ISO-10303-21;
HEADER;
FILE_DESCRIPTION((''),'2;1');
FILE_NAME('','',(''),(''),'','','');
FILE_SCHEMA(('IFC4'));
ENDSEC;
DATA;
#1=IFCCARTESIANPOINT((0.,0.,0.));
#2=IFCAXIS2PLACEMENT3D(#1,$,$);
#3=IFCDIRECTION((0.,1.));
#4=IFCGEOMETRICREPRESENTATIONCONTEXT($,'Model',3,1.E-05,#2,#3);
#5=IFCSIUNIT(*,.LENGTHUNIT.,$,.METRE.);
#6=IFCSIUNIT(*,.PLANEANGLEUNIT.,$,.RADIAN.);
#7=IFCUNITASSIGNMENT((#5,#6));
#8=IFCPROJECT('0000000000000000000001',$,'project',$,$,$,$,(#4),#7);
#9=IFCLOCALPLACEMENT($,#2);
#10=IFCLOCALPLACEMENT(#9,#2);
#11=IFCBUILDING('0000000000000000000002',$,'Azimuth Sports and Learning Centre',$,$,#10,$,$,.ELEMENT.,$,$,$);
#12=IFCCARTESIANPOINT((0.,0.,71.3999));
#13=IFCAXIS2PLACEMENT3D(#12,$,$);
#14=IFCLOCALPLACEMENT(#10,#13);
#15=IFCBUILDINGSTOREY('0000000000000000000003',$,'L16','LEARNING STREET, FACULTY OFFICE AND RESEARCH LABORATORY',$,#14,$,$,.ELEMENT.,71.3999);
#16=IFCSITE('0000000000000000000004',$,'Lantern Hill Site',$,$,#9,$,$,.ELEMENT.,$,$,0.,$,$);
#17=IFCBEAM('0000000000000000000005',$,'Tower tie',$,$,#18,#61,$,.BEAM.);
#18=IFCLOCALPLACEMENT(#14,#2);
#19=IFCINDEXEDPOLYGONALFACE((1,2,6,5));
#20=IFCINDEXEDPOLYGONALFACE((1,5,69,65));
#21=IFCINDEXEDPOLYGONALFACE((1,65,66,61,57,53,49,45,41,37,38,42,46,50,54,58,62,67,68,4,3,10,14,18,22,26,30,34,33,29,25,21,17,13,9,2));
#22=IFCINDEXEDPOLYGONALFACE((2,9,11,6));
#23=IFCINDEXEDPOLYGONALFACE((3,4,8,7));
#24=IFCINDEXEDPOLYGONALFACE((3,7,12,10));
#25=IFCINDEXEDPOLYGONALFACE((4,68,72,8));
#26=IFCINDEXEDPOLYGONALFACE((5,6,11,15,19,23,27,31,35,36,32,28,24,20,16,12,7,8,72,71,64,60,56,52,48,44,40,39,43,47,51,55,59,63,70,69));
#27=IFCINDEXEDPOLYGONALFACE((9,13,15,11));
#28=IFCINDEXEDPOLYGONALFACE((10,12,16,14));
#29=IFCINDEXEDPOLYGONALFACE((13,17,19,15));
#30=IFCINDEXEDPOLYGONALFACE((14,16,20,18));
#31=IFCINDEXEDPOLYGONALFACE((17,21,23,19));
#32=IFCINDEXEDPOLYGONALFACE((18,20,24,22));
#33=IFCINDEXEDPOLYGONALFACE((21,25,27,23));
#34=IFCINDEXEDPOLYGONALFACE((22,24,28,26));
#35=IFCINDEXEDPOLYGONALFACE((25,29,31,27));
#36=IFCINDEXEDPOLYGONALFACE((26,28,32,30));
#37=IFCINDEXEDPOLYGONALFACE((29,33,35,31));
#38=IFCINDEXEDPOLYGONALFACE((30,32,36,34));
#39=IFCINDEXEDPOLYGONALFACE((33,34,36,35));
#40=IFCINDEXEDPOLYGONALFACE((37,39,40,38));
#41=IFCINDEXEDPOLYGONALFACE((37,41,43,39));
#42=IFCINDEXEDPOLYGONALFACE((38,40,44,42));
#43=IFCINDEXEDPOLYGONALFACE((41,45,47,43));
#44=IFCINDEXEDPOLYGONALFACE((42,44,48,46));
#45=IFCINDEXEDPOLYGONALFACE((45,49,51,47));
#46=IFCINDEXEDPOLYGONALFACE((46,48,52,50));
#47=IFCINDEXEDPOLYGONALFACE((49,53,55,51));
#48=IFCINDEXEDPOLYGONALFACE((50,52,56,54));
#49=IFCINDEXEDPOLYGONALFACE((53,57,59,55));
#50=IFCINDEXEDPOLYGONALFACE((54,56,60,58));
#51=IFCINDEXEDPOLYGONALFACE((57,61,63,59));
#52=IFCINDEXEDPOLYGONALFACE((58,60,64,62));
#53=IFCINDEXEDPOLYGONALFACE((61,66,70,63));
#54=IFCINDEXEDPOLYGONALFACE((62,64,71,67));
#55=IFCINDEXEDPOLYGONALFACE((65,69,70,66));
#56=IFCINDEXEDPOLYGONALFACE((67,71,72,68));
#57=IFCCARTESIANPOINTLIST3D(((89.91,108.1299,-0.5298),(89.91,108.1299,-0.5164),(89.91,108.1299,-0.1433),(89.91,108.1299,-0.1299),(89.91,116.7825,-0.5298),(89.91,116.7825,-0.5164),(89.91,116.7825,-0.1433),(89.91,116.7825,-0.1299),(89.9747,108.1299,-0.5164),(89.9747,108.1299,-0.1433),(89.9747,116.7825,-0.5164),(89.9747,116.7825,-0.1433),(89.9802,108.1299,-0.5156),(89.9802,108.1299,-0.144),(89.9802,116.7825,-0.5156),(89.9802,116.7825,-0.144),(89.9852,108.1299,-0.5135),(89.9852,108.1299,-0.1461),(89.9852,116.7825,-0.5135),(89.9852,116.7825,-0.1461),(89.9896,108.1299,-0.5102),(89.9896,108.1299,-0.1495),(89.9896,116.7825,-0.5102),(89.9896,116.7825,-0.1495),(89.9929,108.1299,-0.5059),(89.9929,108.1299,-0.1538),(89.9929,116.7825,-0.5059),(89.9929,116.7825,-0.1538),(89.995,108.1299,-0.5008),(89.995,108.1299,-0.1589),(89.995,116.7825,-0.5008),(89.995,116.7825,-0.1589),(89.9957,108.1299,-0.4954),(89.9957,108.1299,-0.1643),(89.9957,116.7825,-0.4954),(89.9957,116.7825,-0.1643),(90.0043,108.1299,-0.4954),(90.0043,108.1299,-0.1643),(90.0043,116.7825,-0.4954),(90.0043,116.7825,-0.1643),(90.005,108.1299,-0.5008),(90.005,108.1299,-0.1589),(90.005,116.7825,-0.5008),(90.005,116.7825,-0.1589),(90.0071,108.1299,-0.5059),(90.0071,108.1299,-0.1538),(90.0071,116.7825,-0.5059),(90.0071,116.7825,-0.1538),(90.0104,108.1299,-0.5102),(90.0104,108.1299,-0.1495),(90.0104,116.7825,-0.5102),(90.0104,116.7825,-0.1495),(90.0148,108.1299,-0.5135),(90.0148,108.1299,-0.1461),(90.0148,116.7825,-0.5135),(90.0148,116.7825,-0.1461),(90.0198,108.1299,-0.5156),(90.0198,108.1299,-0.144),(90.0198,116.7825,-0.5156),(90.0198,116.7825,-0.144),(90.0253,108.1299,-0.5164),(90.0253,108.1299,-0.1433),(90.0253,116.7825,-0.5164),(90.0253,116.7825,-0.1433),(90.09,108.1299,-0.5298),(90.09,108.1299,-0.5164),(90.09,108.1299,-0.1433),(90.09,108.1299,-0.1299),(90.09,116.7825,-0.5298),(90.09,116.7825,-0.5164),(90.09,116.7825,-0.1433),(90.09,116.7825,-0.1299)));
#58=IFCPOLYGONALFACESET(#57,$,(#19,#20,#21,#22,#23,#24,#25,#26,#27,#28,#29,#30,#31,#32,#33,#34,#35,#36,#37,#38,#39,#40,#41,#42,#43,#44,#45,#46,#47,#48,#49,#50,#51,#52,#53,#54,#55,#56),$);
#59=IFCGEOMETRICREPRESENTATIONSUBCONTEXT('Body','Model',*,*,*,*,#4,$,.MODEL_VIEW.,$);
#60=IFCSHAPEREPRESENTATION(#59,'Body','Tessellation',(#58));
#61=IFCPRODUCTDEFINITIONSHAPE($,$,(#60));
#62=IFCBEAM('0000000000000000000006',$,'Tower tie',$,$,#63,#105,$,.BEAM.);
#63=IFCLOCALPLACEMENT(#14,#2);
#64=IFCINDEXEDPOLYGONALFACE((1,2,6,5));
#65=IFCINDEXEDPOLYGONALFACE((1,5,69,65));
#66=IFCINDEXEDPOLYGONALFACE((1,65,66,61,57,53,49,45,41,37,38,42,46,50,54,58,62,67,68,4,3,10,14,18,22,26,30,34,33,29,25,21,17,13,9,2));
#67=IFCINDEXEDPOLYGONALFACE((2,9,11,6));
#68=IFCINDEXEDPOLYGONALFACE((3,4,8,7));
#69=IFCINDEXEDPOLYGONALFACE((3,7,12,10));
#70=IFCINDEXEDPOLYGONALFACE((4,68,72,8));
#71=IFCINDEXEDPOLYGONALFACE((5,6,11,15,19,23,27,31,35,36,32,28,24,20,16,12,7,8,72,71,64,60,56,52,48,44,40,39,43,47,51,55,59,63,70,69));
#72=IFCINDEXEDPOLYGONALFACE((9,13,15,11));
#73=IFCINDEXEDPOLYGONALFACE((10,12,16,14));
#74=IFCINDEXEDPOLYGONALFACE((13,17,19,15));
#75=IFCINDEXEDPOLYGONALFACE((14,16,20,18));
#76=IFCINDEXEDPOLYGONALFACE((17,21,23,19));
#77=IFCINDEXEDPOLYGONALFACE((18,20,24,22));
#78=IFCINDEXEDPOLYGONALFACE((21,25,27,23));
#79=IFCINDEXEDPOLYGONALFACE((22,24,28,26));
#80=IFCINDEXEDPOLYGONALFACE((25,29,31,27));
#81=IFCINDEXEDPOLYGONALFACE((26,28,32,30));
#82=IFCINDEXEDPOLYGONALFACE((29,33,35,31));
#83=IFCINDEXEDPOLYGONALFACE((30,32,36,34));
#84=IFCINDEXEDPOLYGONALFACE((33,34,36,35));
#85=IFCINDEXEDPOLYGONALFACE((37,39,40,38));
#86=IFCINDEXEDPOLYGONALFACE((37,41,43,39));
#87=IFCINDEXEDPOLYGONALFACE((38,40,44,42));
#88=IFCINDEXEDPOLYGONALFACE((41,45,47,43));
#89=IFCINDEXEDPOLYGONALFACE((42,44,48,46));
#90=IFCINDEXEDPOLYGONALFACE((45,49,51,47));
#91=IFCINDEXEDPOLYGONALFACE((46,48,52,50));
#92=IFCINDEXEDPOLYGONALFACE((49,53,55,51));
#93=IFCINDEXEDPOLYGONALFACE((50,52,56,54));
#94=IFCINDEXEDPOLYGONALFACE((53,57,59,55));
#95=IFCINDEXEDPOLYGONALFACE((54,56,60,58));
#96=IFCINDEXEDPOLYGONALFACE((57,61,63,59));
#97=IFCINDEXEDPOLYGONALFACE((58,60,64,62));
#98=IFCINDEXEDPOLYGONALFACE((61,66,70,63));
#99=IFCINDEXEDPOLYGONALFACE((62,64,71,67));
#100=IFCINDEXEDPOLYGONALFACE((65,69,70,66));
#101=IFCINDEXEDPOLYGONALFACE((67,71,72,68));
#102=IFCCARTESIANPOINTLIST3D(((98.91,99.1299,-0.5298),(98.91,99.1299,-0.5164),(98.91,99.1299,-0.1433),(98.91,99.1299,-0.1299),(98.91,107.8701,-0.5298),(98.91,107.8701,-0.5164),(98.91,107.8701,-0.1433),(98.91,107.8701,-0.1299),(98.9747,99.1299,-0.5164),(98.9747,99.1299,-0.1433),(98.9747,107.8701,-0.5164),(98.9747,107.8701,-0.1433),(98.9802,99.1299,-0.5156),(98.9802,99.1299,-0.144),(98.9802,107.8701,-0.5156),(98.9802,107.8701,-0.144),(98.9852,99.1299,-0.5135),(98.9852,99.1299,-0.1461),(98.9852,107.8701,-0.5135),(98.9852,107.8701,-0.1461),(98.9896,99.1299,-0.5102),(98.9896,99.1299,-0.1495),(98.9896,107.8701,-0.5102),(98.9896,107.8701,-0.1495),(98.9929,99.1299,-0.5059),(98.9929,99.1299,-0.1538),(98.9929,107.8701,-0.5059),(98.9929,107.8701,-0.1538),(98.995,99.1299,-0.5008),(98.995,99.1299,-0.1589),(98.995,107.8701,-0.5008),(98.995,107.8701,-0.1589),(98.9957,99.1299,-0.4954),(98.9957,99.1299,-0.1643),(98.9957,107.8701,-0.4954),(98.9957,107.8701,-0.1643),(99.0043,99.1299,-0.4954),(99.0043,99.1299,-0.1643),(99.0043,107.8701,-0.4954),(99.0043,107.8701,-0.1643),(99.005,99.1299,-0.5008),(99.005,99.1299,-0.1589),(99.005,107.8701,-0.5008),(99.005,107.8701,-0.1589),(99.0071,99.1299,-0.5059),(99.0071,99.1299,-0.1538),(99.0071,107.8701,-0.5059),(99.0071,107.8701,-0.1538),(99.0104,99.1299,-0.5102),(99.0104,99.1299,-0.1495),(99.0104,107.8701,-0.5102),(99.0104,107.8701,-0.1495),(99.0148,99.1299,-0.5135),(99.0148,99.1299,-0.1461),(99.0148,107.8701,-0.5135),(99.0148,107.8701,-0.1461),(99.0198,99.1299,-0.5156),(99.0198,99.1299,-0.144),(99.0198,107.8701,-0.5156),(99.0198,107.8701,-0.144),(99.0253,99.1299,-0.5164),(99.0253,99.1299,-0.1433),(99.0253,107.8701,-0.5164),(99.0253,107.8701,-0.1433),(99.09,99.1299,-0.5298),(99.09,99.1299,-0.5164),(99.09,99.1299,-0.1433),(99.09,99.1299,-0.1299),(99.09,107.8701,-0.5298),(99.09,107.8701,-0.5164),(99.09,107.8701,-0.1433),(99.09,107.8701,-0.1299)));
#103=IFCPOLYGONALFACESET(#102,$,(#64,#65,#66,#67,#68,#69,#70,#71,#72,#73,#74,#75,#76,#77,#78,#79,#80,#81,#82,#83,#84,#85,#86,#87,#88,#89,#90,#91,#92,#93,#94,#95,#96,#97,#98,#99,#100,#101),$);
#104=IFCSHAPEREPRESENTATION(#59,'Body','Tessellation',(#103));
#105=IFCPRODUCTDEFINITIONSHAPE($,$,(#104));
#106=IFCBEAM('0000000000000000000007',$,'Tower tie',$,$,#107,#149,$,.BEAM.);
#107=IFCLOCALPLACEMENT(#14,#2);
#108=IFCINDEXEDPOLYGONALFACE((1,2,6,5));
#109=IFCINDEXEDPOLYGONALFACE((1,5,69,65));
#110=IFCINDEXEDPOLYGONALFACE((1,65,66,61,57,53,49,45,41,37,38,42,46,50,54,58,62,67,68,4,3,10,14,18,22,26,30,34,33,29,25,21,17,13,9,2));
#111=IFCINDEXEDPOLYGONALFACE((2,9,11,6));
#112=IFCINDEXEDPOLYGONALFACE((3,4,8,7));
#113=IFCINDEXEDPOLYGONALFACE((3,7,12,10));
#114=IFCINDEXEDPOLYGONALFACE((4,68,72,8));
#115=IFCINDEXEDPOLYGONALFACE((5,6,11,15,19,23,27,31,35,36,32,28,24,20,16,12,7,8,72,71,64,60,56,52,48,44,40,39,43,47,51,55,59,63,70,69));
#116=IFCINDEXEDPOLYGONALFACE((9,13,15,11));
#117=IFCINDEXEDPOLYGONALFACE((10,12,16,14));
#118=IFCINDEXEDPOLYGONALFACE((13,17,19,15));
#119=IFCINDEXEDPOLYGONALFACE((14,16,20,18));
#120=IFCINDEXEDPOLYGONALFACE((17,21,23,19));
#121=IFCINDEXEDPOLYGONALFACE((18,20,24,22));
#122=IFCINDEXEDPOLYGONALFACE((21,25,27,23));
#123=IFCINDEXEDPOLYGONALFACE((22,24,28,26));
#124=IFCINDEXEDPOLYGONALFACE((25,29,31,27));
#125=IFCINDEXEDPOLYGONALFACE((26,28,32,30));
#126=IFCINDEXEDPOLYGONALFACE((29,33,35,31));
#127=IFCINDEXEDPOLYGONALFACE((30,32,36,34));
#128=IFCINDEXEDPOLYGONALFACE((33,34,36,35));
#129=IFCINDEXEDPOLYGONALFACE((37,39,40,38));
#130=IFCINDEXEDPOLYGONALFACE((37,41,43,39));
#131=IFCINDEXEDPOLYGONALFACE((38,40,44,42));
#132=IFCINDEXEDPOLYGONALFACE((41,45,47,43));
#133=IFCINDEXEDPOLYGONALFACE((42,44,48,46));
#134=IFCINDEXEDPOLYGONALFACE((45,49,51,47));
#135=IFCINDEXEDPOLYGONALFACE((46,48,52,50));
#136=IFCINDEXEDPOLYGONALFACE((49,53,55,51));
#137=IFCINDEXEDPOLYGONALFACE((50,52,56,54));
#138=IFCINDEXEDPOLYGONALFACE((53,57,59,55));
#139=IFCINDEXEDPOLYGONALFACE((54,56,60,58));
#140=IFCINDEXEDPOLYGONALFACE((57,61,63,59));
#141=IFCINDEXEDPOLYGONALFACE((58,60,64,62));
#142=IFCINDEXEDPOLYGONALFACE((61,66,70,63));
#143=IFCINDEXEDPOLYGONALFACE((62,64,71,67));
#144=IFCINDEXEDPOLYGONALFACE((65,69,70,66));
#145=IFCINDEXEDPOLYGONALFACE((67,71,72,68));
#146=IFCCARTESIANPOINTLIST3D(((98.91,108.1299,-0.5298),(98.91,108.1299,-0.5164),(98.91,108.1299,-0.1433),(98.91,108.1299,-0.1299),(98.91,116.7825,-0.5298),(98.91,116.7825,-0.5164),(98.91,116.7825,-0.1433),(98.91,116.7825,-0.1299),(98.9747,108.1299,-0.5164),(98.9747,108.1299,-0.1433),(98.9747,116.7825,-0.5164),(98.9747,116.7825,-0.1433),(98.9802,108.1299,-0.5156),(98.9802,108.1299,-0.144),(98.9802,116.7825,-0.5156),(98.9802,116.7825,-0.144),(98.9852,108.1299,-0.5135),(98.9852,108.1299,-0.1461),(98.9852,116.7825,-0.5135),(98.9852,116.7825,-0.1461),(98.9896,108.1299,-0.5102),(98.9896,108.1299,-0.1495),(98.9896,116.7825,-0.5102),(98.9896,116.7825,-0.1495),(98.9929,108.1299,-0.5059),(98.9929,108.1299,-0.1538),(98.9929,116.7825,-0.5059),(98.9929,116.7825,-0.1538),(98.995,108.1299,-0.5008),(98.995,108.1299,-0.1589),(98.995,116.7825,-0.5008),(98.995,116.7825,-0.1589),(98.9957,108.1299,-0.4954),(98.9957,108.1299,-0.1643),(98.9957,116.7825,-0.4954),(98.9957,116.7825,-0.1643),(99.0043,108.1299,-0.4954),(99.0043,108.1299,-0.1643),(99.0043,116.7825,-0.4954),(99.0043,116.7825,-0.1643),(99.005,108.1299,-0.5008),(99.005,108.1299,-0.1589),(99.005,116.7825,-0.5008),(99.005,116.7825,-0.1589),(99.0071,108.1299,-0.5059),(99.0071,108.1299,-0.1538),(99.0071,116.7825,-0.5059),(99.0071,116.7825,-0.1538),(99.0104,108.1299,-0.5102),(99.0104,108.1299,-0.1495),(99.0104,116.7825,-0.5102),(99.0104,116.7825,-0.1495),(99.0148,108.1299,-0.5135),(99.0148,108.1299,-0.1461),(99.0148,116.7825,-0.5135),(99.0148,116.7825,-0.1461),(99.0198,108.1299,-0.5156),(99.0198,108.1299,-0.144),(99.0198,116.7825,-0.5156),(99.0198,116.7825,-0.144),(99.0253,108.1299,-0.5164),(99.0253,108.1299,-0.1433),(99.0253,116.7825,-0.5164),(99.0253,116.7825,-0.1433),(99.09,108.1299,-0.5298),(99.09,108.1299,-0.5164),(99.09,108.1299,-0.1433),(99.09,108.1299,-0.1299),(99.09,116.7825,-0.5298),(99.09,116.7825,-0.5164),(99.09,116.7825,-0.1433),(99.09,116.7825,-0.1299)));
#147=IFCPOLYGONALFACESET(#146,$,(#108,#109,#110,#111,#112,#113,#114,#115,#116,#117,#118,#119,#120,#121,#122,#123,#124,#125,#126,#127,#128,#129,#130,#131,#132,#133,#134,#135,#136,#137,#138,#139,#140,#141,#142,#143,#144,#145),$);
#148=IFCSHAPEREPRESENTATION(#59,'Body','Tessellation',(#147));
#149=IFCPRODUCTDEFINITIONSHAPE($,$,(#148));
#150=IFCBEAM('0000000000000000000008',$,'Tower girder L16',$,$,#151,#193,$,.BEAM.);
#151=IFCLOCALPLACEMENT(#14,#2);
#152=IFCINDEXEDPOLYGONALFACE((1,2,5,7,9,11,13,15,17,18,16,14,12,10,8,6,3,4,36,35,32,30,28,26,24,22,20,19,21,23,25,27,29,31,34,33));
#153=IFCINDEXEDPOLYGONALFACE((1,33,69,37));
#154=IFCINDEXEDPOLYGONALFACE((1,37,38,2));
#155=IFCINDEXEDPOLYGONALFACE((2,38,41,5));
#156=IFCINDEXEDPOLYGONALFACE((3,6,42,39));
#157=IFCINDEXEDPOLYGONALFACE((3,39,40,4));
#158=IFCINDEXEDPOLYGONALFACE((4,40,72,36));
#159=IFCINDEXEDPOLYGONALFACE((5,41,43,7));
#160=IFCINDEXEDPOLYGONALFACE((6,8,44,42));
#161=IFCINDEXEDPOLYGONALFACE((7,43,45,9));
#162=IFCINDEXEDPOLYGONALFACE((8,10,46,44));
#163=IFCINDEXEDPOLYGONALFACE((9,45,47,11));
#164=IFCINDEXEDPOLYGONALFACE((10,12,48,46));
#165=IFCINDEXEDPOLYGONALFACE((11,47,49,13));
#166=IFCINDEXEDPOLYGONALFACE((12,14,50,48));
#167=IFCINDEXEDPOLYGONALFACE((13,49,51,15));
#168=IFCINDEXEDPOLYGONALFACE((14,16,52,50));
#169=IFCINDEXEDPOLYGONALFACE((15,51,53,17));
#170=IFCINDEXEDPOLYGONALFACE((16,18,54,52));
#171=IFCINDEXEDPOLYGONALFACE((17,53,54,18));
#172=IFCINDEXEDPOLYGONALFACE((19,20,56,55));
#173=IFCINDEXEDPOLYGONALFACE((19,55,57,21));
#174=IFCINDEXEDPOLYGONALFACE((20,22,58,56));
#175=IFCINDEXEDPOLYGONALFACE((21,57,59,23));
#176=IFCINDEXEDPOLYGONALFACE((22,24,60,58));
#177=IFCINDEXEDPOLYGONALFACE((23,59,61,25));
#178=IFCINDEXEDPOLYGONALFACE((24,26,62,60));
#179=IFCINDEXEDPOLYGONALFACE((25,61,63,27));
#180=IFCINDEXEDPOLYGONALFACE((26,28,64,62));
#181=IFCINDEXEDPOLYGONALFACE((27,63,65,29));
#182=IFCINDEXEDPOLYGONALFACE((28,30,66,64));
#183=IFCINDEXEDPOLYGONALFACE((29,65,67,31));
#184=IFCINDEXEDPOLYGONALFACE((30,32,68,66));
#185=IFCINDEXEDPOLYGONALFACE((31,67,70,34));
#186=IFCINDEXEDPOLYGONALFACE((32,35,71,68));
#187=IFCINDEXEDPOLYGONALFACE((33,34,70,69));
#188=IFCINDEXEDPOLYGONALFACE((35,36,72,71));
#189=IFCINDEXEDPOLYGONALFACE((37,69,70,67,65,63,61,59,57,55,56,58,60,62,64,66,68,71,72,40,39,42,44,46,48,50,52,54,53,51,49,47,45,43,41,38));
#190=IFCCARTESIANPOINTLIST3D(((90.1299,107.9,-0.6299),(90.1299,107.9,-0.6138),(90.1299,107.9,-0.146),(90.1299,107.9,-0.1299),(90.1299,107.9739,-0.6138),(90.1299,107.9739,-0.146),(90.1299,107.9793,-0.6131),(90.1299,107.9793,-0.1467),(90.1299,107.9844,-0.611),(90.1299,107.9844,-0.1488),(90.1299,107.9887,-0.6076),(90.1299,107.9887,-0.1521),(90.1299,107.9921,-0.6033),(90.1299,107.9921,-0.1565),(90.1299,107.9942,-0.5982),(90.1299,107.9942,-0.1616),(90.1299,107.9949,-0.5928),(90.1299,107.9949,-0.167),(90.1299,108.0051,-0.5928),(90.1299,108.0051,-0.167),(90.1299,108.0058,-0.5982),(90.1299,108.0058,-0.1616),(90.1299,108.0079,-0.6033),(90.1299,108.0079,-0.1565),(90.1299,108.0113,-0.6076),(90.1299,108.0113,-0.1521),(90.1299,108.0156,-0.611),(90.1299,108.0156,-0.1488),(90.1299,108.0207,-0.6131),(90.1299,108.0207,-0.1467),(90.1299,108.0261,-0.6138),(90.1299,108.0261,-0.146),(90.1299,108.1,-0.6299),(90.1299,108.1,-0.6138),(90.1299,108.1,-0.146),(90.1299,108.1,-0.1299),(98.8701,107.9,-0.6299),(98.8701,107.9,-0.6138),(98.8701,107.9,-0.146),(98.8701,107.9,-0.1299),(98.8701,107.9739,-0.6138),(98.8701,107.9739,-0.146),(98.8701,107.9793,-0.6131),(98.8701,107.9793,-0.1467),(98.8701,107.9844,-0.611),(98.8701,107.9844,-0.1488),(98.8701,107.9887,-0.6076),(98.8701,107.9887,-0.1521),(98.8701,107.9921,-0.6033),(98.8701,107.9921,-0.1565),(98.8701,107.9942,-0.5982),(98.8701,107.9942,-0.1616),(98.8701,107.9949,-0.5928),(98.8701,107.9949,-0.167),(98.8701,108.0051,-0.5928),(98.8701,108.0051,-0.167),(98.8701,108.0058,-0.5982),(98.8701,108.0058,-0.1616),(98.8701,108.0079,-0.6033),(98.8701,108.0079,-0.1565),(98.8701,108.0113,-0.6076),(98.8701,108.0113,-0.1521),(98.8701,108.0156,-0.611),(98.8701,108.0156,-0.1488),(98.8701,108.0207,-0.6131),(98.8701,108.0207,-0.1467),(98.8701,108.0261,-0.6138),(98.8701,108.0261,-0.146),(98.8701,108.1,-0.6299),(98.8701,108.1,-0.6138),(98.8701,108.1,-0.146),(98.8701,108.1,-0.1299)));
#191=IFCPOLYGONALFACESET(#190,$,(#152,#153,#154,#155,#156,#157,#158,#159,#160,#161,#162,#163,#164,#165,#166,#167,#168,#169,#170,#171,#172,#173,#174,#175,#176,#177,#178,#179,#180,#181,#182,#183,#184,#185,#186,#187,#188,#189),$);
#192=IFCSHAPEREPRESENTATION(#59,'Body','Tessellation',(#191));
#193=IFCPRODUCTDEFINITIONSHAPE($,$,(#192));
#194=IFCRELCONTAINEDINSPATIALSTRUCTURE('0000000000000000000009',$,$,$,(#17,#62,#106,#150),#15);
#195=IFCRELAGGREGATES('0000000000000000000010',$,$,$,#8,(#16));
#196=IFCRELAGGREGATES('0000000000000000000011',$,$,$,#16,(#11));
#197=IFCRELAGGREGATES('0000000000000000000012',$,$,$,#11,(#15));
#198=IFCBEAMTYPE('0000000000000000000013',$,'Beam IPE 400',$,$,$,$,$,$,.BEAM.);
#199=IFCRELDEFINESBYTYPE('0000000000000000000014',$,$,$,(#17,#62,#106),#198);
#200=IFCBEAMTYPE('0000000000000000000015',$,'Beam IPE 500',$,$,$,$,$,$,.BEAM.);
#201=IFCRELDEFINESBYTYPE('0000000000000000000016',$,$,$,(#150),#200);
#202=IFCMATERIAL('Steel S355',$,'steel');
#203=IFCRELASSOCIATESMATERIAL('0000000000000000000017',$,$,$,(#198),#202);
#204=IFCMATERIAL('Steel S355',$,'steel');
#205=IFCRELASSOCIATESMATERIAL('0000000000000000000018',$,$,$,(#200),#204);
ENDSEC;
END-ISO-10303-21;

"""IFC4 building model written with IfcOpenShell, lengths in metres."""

from ifc_helpers import new_model, si_unit, direction, frame, origin, origin_2d, place, context, subcontext, project, spatial, i_section, extrude, material, material_profile, profile_set, type_object, element, save


model = new_model("IFC4")

# Units and contexts
model_context = context("Model", 3, precision=1e-05, world=origin(), true_north=direction((0.0, 1.0)))
body_context = subcontext(model_context, "Body", "Model", "MODEL_VIEW")
ifc_project = project(units=[si_unit("LENGTHUNIT", "METRE"), si_unit("PLANEANGLEUNIT", "RADIAN")], contexts=[model_context])

# Site, building, storey
site_placement = place(None, origin())
site = spatial("IfcSite", under=ifc_project, at=site_placement, Name="Lantern Hill Site", CompositionType="ELEMENT", RefElevation=0.0)
building_placement = place(site_placement, origin())
building = spatial("IfcBuilding", under=site, at=building_placement, Name="Azimuth Sports and Learning Centre", CompositionType="ELEMENT")
storey_placement = place(building_placement, frame((0.0, 0.0, 71.3999)))
storey = spatial("IfcBuildingStorey", under=building, at=storey_placement, Name="L16", Description="LEARNING STREET, FACULTY OFFICE AND RESEARCH LABORATORY", CompositionType="ELEMENT", Elevation=71.3999)

# Beams
ifc_material_1 = material(Name="Steel S355", Category="steel")
ifc_material_profile_1 = material_profile(ifc_material_1, i_section(OverallWidth=0.1799, OverallDepth=0.3999, WebThickness=0.0085, FlangeThickness=0.0134, FilletRadius=0.021, at=origin_2d()), Name="IPE 400")
ifc_profile_set_1 = profile_set([ifc_material_profile_1], Name="Steel S355")
beam_type_1 = type_object("IfcBeamType", Name="Beam IPE 400", PredefinedType="BEAM", material=ifc_profile_set_1)
beam_1_placement = place(storey_placement, frame((90.0, 108.1299, -0.3298), z_axis=(0.0, 1.0, 0.0), x_axis=(-1.0, 0.0, 0.0)))
element("IfcBeam", 1, at=beam_1_placement, inside=storey, type_object=beam_type_1, Name="Tower tie", PredefinedType="BEAM", context=body_context, shape_type="SweptSolid", body=[
    extrude(i_section(OverallWidth=0.1799, OverallDepth=0.3999, WebThickness=0.0085, FlangeThickness=0.0134, FilletRadius=0.021, at=origin_2d()), origin(), (0.0, 0.0, 1.0), 8.6526),
])
beam_2_placement = place(storey_placement, frame((99.0, 99.1299, -0.3298), z_axis=(0.0, 1.0, 0.0), x_axis=(-1.0, 0.0, 0.0)))
element("IfcBeam", 2, at=beam_2_placement, inside=storey, type_object=beam_type_1, Name="Tower tie", PredefinedType="BEAM", context=body_context, shape_type="SweptSolid", body=[
    extrude(i_section(OverallWidth=0.1799, OverallDepth=0.3999, WebThickness=0.0085, FlangeThickness=0.0134, FilletRadius=0.021, at=origin_2d()), origin(), (0.0, 0.0, 1.0), 8.7402),
])
beam_3_placement = place(storey_placement, frame((99.0, 108.1299, -0.3298), z_axis=(0.0, 1.0, 0.0), x_axis=(-1.0, 0.0, 0.0)))
element("IfcBeam", 3, at=beam_3_placement, inside=storey, type_object=beam_type_1, Name="Tower tie", PredefinedType="BEAM", context=body_context, shape_type="SweptSolid", body=[
    extrude(i_section(OverallWidth=0.1799, OverallDepth=0.3999, WebThickness=0.0085, FlangeThickness=0.0134, FilletRadius=0.021, at=origin_2d()), origin(), (0.0, 0.0, 1.0), 8.6526),
])
ifc_material_2 = material(Name="Steel S355", Category="steel")
ifc_material_profile_2 = material_profile(ifc_material_2, i_section(OverallWidth=0.2, OverallDepth=0.5, WebThickness=0.0103, FlangeThickness=0.0161, FilletRadius=0.021, at=origin_2d()), Name="IPE 500")
ifc_profile_set_2 = profile_set([ifc_material_profile_2], Name="Steel S355")
beam_type_2 = type_object("IfcBeamType", Name="Beam IPE 500", PredefinedType="BEAM", material=ifc_profile_set_2)
beam_4_placement = place(storey_placement, frame((90.1299, 108.0, -0.3799), z_axis=(1.0, 0.0, 0.0), x_axis=(0.0, 1.0, 0.0)))
element("IfcBeam", 4, at=beam_4_placement, inside=storey, type_object=beam_type_2, Name="Tower girder L16", PredefinedType="BEAM", context=body_context, shape_type="SweptSolid", body=[
    extrude(i_section(OverallWidth=0.2, OverallDepth=0.5, WebThickness=0.0103, FlangeThickness=0.0161, FilletRadius=0.021, at=origin_2d()), origin(), (0.0, 0.0, 1.0), 8.7402),
])

save(model, "model.ifc")
